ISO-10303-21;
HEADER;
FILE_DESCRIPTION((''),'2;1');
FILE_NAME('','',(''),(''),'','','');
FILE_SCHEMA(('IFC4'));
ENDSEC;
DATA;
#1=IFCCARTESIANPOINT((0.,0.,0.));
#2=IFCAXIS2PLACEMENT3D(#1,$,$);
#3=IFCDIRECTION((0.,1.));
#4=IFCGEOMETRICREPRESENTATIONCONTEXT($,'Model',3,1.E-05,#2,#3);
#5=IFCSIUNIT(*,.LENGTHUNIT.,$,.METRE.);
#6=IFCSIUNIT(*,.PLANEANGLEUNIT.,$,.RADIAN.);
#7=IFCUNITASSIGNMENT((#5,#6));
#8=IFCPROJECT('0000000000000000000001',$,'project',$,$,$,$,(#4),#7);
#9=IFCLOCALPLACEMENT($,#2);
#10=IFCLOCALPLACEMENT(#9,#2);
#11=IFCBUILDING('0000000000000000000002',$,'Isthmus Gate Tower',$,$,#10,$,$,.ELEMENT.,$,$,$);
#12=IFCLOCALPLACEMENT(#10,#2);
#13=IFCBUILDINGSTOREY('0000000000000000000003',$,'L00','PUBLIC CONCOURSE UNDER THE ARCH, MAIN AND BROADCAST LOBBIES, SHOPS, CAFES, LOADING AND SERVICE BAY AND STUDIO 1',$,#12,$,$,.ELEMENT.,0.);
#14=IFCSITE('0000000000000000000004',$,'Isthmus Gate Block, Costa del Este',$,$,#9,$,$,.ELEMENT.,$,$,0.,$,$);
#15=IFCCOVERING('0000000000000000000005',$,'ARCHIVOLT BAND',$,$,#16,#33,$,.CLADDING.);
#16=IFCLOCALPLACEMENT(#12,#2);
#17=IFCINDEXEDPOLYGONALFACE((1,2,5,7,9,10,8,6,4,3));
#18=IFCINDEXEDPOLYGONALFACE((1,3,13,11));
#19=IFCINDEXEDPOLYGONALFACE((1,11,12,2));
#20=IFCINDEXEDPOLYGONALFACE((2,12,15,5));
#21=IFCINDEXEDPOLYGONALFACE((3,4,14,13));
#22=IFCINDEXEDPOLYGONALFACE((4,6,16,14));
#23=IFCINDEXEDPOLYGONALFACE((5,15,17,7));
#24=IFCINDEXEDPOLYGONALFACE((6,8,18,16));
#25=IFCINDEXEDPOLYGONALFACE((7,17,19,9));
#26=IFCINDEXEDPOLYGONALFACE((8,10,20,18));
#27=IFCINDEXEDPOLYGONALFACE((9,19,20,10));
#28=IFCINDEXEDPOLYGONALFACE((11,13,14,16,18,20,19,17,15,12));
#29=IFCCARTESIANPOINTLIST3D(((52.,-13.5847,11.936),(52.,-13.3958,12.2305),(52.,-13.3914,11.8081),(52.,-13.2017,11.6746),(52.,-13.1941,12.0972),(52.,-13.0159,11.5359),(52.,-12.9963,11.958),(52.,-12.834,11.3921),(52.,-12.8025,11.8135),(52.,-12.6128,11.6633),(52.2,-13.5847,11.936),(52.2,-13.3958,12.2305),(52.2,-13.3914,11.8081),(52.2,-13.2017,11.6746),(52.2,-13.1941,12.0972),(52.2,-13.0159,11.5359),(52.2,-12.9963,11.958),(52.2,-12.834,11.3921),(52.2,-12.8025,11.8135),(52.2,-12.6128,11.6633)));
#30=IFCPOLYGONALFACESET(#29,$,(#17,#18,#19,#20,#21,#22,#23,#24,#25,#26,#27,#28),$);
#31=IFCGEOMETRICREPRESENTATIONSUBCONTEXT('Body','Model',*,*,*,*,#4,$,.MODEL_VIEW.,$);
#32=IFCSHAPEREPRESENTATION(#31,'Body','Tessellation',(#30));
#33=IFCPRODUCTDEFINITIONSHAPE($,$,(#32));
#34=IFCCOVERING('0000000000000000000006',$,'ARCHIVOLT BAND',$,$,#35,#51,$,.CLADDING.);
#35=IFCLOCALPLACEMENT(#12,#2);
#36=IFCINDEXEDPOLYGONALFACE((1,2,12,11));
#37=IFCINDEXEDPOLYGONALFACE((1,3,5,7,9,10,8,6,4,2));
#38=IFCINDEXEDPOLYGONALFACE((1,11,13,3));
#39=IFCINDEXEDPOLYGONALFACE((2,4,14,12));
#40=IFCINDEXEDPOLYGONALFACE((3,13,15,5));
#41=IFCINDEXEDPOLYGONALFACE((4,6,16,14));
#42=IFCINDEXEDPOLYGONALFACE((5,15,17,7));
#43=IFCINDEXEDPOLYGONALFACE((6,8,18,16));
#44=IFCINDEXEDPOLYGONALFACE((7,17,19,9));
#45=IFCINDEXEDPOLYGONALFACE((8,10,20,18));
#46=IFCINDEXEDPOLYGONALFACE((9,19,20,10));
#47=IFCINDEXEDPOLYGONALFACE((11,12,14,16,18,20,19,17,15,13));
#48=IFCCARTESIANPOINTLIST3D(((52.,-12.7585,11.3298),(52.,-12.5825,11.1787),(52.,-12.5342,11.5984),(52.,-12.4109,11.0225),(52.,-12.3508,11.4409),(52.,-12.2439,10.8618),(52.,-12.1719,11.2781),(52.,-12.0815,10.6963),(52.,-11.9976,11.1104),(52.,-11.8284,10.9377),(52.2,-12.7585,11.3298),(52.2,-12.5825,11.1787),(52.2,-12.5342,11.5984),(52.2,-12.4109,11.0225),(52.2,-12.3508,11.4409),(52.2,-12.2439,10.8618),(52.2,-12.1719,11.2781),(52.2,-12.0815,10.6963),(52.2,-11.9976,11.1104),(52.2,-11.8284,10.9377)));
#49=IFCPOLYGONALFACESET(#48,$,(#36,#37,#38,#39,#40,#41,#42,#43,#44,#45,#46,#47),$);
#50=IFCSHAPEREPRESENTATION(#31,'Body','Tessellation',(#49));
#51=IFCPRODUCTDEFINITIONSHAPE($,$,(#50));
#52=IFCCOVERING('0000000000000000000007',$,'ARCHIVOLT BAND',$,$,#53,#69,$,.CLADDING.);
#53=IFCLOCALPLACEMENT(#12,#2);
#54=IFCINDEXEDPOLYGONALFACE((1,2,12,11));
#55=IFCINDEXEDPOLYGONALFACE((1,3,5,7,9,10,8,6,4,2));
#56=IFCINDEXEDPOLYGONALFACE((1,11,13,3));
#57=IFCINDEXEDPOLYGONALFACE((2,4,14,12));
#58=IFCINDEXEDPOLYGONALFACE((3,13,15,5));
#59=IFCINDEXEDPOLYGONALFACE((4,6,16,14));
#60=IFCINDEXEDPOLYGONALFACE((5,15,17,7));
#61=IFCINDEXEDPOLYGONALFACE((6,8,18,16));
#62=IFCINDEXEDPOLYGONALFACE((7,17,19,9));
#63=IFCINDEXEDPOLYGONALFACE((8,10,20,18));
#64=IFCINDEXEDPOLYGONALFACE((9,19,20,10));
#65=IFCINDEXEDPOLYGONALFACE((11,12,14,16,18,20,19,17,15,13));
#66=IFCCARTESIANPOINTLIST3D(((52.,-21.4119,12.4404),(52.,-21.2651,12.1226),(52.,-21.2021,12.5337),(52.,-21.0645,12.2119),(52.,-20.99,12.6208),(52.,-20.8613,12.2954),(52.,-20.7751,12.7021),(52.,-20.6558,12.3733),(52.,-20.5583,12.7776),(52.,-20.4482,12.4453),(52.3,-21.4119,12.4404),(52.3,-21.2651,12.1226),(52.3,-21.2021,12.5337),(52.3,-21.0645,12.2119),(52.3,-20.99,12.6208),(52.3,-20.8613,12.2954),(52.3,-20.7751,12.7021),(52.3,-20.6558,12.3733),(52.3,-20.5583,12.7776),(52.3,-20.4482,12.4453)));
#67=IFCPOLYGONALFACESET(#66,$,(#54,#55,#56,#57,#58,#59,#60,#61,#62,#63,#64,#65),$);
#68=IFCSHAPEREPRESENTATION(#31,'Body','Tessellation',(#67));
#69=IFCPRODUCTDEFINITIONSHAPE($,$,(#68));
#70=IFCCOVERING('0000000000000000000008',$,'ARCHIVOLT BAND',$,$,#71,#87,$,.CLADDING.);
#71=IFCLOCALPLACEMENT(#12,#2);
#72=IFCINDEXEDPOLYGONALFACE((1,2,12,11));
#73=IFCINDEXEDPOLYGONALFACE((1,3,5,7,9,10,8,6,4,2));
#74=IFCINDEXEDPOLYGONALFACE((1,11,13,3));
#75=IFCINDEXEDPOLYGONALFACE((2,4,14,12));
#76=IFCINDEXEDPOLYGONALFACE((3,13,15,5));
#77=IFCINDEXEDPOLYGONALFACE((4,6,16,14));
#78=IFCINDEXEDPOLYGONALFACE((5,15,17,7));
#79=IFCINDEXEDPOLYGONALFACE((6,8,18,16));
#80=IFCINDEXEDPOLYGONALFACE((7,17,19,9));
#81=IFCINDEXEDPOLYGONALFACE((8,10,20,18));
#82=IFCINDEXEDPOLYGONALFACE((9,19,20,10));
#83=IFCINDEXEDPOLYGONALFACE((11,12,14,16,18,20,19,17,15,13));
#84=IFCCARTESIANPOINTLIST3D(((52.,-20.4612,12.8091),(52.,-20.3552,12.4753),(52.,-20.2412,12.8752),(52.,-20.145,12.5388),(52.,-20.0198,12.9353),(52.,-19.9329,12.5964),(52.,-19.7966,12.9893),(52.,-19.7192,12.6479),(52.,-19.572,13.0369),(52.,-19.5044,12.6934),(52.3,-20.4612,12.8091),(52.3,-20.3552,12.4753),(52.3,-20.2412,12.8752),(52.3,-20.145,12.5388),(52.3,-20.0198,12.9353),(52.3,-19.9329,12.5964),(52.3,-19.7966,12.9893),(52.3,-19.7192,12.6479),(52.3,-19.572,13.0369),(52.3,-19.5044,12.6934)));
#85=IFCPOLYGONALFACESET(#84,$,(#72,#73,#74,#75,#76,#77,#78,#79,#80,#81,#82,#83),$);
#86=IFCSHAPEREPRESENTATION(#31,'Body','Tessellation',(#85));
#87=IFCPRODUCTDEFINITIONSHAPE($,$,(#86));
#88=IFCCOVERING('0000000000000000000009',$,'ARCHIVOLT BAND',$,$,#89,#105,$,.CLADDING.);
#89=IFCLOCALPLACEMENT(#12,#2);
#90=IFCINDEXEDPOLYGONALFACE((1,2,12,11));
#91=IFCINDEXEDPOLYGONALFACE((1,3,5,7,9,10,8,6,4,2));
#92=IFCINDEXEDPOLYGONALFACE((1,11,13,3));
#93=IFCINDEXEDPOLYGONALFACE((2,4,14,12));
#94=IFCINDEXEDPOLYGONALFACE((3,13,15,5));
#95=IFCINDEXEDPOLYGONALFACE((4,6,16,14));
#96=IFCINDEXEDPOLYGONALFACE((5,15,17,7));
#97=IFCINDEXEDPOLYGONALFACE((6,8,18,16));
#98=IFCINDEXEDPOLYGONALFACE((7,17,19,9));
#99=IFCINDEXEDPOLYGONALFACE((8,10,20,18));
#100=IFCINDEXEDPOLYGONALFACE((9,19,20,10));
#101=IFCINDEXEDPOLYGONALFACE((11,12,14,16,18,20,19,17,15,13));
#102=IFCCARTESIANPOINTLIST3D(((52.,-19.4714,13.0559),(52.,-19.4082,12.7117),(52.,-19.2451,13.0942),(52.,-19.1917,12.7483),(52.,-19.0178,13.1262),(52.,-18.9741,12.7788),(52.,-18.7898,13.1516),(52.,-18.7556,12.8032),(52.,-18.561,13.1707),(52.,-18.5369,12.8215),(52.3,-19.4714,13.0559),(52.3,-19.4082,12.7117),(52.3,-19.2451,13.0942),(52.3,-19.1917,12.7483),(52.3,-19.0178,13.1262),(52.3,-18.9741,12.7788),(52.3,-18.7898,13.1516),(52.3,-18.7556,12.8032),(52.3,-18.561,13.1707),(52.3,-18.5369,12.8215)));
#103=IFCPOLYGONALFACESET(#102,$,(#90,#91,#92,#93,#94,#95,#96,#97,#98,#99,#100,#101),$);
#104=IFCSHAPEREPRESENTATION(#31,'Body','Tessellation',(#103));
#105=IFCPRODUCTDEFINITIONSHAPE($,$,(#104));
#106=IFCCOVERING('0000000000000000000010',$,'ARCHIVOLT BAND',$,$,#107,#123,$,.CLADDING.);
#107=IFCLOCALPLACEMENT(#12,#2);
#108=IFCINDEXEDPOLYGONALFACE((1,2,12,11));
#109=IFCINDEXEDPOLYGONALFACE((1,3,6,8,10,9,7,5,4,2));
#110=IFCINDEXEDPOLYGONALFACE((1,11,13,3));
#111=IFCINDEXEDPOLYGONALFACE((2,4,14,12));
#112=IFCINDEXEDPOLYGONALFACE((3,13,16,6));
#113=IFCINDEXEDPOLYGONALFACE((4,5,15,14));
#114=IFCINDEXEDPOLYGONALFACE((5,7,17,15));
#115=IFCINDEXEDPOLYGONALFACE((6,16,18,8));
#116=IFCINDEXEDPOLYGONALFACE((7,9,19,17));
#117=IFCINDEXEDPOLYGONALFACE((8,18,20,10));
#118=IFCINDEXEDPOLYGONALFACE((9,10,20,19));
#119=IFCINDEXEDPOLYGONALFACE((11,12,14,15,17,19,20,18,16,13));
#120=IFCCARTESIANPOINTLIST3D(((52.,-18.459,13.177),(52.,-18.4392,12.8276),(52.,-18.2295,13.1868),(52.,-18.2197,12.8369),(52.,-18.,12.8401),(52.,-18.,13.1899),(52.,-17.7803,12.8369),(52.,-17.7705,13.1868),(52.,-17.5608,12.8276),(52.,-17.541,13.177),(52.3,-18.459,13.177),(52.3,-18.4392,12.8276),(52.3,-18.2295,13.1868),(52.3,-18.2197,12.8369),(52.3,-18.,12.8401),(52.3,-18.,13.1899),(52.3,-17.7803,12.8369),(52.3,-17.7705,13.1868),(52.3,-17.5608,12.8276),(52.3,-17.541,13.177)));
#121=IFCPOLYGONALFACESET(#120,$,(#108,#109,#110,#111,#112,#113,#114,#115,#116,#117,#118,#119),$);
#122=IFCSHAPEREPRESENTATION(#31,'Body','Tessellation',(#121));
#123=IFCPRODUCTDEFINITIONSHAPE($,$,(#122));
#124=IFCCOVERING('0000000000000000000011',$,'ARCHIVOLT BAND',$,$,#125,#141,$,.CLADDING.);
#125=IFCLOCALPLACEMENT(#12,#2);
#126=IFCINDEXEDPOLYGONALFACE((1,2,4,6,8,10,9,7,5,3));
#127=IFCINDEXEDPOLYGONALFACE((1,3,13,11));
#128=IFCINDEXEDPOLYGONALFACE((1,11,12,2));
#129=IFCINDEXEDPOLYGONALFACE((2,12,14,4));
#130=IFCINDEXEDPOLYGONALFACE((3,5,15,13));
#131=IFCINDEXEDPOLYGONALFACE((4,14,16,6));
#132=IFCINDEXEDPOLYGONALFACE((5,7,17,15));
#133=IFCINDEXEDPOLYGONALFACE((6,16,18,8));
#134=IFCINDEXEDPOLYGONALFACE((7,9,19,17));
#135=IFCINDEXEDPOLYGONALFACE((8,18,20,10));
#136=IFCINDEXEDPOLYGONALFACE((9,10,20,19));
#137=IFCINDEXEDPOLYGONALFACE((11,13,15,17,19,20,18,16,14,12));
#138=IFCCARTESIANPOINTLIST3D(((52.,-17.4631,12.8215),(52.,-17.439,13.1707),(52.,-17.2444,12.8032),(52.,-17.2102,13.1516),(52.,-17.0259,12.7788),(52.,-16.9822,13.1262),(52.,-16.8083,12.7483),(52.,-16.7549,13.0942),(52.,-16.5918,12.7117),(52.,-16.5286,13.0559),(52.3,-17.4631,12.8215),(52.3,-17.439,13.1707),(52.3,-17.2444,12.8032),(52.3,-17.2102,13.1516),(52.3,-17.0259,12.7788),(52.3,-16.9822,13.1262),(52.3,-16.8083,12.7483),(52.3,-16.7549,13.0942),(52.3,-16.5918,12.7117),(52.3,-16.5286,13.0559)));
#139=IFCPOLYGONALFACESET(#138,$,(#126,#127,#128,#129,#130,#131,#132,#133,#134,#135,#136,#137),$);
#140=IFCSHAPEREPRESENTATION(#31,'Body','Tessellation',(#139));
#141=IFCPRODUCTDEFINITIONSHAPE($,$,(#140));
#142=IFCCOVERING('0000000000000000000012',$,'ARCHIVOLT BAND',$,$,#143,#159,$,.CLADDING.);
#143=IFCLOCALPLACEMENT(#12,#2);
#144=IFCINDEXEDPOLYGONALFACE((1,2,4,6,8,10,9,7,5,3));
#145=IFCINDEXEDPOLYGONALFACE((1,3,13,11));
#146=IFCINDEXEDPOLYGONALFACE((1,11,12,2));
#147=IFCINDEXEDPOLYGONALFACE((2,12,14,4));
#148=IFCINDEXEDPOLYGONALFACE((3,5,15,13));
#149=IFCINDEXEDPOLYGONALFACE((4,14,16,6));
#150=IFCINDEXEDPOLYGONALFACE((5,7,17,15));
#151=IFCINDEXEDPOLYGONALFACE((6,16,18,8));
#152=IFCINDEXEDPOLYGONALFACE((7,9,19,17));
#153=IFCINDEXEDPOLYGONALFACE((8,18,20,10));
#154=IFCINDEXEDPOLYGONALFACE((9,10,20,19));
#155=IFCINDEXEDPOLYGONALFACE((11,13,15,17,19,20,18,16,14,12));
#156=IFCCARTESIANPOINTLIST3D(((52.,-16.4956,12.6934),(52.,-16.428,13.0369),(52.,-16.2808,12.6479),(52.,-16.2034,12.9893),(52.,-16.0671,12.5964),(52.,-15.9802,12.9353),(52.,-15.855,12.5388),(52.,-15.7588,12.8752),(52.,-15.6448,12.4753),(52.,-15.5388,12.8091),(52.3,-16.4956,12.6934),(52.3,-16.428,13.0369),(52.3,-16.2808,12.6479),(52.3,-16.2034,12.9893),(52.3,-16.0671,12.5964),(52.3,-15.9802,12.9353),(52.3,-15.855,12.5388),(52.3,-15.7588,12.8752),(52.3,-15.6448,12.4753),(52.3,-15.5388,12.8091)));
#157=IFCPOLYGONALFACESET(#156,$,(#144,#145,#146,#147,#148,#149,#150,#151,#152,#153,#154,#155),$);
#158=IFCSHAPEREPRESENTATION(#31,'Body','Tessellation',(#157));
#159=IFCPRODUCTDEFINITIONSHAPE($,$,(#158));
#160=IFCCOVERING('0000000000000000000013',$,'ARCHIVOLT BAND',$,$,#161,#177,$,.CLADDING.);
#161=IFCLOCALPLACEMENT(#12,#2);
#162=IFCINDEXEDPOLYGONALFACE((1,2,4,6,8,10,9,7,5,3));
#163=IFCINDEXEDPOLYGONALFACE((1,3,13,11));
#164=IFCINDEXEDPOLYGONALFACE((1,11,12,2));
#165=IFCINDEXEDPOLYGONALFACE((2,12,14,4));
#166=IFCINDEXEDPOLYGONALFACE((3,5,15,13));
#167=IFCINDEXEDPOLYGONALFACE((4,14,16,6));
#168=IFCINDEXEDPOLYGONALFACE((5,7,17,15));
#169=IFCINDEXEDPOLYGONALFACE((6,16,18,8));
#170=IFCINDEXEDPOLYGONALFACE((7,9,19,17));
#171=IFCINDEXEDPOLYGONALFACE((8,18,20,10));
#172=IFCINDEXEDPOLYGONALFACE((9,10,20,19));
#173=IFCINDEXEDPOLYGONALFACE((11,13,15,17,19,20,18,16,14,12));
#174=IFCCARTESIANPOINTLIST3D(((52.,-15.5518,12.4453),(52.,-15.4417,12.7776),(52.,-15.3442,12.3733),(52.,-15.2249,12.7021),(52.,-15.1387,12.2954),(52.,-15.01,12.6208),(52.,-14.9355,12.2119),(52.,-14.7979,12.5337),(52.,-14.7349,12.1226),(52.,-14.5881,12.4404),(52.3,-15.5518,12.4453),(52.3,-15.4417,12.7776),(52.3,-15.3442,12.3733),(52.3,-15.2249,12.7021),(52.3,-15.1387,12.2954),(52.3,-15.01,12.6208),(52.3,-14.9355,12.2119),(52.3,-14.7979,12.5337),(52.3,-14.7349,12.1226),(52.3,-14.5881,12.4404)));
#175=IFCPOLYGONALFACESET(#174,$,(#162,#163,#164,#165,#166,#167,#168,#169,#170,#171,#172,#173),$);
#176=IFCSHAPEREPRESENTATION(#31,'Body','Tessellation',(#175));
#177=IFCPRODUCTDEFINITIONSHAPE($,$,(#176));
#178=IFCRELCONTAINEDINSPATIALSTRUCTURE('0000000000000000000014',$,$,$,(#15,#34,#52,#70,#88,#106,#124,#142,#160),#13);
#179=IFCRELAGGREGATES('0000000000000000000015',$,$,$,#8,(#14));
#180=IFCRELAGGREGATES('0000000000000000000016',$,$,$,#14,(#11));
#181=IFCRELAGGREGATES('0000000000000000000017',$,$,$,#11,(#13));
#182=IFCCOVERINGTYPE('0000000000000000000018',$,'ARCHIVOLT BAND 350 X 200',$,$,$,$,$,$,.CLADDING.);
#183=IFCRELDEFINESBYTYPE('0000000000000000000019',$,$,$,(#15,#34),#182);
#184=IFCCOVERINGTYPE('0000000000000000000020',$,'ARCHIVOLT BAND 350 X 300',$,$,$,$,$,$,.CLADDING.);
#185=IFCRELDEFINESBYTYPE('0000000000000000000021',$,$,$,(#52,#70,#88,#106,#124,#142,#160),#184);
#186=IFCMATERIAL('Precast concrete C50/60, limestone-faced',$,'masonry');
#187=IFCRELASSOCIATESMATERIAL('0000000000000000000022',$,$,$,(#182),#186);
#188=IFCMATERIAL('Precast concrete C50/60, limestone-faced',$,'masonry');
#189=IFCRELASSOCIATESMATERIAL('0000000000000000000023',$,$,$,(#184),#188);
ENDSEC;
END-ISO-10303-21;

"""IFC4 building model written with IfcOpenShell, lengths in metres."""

from ifc_helpers import new_model, si_unit, direction, frame, origin, place, context, subcontext, project, spatial, polyline, outline, extrude, material, type_object, element, save


model = new_model("IFC4")

# Units and contexts
model_context = context("Model", 3, precision=1e-05, world=origin(), true_north=direction((0.0, 1.0)))
body_context = subcontext(model_context, "Body", "Model", "MODEL_VIEW")
ifc_project = project(units=[si_unit("LENGTHUNIT", "METRE"), si_unit("PLANEANGLEUNIT", "RADIAN")], contexts=[model_context])

# Site, building, storey
site_placement = place(None, origin())
site = spatial("IfcSite", under=ifc_project, at=site_placement, Name="Isthmus Gate Block, Costa del Este", CompositionType="ELEMENT", RefElevation=0.0)
building_placement = place(site_placement, origin())
building = spatial("IfcBuilding", under=site, at=building_placement, Name="Isthmus Gate Tower", CompositionType="ELEMENT")
storey_placement = place(building_placement, origin())
storey = spatial("IfcBuildingStorey", under=building, at=storey_placement, Name="L00", Description="PUBLIC CONCOURSE UNDER THE ARCH, MAIN AND BROADCAST LOBBIES, SHOPS, CAFES, LOADING AND SERVICE BAY AND STUDIO 1", CompositionType="ELEMENT", Elevation=0.0)

# Coverings
ifc_material_1 = material(Name="Precast concrete C50/60, limestone-faced", Category="masonry")
covering_type_1 = type_object("IfcCoveringType", Name="ARCHIVOLT BAND 350 X 200", PredefinedType="CLADDING", material=ifc_material_1)
covering_1_placement = place(storey_placement, frame((52.2, -13.5847, 11.936), z_axis=(1.0, 0.0, 0.0), x_axis=(0.0, 0.833989, -0.551781)))
element("IfcCovering", 1, at=covering_1_placement, inside=storey, type_object=covering_type_1, Name="ARCHIVOLT BAND", PredefinedType="CLADDING", context=body_context, shape_type="SweptSolid", body=[
    extrude(outline(polyline([(0.0, 0.0), (0.2318, 0.0), (0.4637, -0.0067), (0.6952, -0.0198), (0.9262, -0.0394), (0.961, 0.3089), (0.72, 0.3294), (0.4786, 0.343), (0.2369, 0.3499), (-0.0049, 0.3498), (0.0, 0.0)])), origin(), (0.0, 0.0, -1.0), 0.2),
])
covering_2_placement = place(storey_placement, frame((52.2, -12.7585, 11.3298), z_axis=(1.0, 0.0, 0.0), x_axis=(0.0, 0.758736, -0.651398)))
element("IfcCovering", 2, at=covering_2_placement, inside=storey, type_object=covering_type_1, Name="ARCHIVOLT BAND", PredefinedType="CLADDING", context=body_context, shape_type="SweptSolid", body=[
    extrude(outline(polyline([(0.0, 0.0), (0.232, 0.0), (0.464, -0.0068), (0.6953, -0.0199), (0.9264, -0.0397), (0.9612, 0.3084), (0.7204, 0.3292), (0.4788, 0.3429), (0.237, 0.3499), (-0.0047, 0.3499), (0.0, 0.0)])), origin(), (0.0, 0.0, -1.0), 0.2),
])
ifc_material_2 = material(Name="Precast concrete C50/60, limestone-faced", Category="masonry")
covering_type_2 = type_object("IfcCoveringType", Name="ARCHIVOLT BAND 350 X 300", PredefinedType="CLADDING", material=ifc_material_2)
covering_3_placement = place(storey_placement, frame((52.3, -21.2651, 12.1226), z_axis=(1.0, 0.0, 0.0), x_axis=(0.0, 0.913536, 0.406757)))
element("IfcCovering", 3, at=covering_3_placement, inside=storey, type_object=covering_type_2, Name="ARCHIVOLT BAND", PredefinedType="CLADDING", context=body_context, shape_type="SweptSolid", body=[
    extrude(outline(polyline([(0.0, 0.0), (0.2197, 0.0), (0.4392, -0.0063), (0.6587, -0.0188), (0.8775, -0.0374), (0.9121, 0.3109), (0.6834, 0.3302), (0.454, 0.3433), (0.2248, 0.35), (-0.0047, 0.3501), (0.0, 0.0)])), origin(), (0.0, 0.0, -1.0), 0.3),
])
covering_4_placement = place(storey_placement, frame((52.3, -20.3552, 12.4753), z_axis=(1.0, 0.0, 0.0), x_axis=(0.0, 0.957304, 0.289081)))
element("IfcCovering", 4, at=covering_4_placement, inside=storey, type_object=covering_type_2, Name="ARCHIVOLT BAND", PredefinedType="CLADDING", context=body_context, shape_type="SweptSolid", body=[
    extrude(outline(polyline([(0.0, 0.0), (0.2196, 0.0), (0.4393, -0.0062), (0.6587, -0.0186), (0.8775, -0.0373), (0.9121, 0.3111), (0.6833, 0.3305), (0.4541, 0.3434), (0.2248, 0.3499), (-0.005, 0.3501), (0.0, 0.0)])), origin(), (0.0, 0.0, -1.0), 0.3),
])
covering_5_placement = place(storey_placement, frame((52.3, -19.4082, 12.7117), z_axis=(1.0, 0.0, 0.0), x_axis=(0.0, 0.986001, 0.166742)))
element("IfcCovering", 5, at=covering_5_placement, inside=storey, type_object=covering_type_2, Name="ARCHIVOLT BAND", PredefinedType="CLADDING", context=body_context, shape_type="SweptSolid", body=[
    extrude(outline(polyline([(0.0, 0.0), (0.2196, 0.0), (0.4392, -0.0062), (0.6587, -0.0185), (0.8775, -0.037), (0.9118, 0.3113), (0.6831, 0.3307), (0.454, 0.3437), (0.2246, 0.35), (-0.0049, 0.35), (0.0, 0.0)])), origin(), (0.0, 0.0, -1.0), 0.3),
])
covering_6_placement = place(storey_placement, frame((52.3, -18.4392, 12.8276), z_axis=(1.0, 0.0, 0.0), x_axis=(0.0, 0.999108, 0.042231)))
element("IfcCovering", 6, at=covering_6_placement, inside=storey, type_object=covering_type_2, Name="ARCHIVOLT BAND", PredefinedType="CLADDING", context=body_context, shape_type="SweptSolid", body=[
    extrude(outline(polyline([(0.0, 0.0), (0.2197, 0.0), (0.4393, -0.0061), (0.6587, -0.0186), (0.8776, -0.0371), (0.9121, 0.3111), (0.6833, 0.3306), (0.4541, 0.3434), (0.2247, 0.35), (-0.005, 0.3499), (0.0, 0.0)])), origin(), (0.0, 0.0, -1.0), 0.3),
])
covering_7_placement = place(storey_placement, frame((52.3, -17.4631, 12.8215), z_axis=(1.0, 0.0, 0.0), x_axis=(0.0, 0.996515, -0.083414)))
element("IfcCovering", 7, at=covering_7_placement, inside=storey, type_object=covering_type_2, Name="ARCHIVOLT BAND", PredefinedType="CLADDING", context=body_context, shape_type="SweptSolid", body=[
    extrude(outline(polyline([(0.0, 0.0), (0.2195, 0.0), (0.4393, -0.0061), (0.6586, -0.0184), (0.8775, -0.0368), (0.9118, 0.3115), (0.683, 0.3308), (0.4539, 0.3437), (0.2245, 0.35), (-0.005, 0.3499), (0.0, 0.0)])), origin(), (0.0, 0.0, -1.0), 0.3),
])
covering_8_placement = place(storey_placement, frame((52.3, -16.4956, 12.6934), z_axis=(1.0, 0.0, 0.0), x_axis=(0.0, 0.978384, -0.206795)))
element("IfcCovering", 8, at=covering_8_placement, inside=storey, type_object=covering_type_2, Name="ARCHIVOLT BAND", PredefinedType="CLADDING", context=body_context, shape_type="SweptSolid", body=[
    extrude(outline(polyline([(0.0, 0.0), (0.2196, 0.0), (0.4392, -0.0062), (0.6587, -0.0187), (0.8775, -0.0374), (0.9122, 0.3111), (0.6833, 0.3303), (0.4542, 0.3433), (0.2247, 0.3499), (-0.0049, 0.3501), (0.0, 0.0)])), origin(), (0.0, 0.0, -1.0), 0.3),
])
covering_9_placement = place(storey_placement, frame((52.3, -15.5518, 12.4453), z_axis=(1.0, 0.0, 0.0), x_axis=(0.0, 0.944721, -0.327874)))
element("IfcCovering", 9, at=covering_9_placement, inside=storey, type_object=covering_type_2, Name="ARCHIVOLT BAND", PredefinedType="CLADDING", context=body_context, shape_type="SweptSolid", body=[
    extrude(outline(polyline([(0.0, 0.0), (0.2197, 0.0), (0.4394, -0.0062), (0.6587, -0.0185), (0.8776, -0.0371), (0.912, 0.3113), (0.6833, 0.3307), (0.4542, 0.3435), (0.2246, 0.3498), (-0.0049, 0.35), (0.0, 0.0)])), origin(), (0.0, 0.0, -1.0), 0.3),
])

save(model, "model.ifc")
